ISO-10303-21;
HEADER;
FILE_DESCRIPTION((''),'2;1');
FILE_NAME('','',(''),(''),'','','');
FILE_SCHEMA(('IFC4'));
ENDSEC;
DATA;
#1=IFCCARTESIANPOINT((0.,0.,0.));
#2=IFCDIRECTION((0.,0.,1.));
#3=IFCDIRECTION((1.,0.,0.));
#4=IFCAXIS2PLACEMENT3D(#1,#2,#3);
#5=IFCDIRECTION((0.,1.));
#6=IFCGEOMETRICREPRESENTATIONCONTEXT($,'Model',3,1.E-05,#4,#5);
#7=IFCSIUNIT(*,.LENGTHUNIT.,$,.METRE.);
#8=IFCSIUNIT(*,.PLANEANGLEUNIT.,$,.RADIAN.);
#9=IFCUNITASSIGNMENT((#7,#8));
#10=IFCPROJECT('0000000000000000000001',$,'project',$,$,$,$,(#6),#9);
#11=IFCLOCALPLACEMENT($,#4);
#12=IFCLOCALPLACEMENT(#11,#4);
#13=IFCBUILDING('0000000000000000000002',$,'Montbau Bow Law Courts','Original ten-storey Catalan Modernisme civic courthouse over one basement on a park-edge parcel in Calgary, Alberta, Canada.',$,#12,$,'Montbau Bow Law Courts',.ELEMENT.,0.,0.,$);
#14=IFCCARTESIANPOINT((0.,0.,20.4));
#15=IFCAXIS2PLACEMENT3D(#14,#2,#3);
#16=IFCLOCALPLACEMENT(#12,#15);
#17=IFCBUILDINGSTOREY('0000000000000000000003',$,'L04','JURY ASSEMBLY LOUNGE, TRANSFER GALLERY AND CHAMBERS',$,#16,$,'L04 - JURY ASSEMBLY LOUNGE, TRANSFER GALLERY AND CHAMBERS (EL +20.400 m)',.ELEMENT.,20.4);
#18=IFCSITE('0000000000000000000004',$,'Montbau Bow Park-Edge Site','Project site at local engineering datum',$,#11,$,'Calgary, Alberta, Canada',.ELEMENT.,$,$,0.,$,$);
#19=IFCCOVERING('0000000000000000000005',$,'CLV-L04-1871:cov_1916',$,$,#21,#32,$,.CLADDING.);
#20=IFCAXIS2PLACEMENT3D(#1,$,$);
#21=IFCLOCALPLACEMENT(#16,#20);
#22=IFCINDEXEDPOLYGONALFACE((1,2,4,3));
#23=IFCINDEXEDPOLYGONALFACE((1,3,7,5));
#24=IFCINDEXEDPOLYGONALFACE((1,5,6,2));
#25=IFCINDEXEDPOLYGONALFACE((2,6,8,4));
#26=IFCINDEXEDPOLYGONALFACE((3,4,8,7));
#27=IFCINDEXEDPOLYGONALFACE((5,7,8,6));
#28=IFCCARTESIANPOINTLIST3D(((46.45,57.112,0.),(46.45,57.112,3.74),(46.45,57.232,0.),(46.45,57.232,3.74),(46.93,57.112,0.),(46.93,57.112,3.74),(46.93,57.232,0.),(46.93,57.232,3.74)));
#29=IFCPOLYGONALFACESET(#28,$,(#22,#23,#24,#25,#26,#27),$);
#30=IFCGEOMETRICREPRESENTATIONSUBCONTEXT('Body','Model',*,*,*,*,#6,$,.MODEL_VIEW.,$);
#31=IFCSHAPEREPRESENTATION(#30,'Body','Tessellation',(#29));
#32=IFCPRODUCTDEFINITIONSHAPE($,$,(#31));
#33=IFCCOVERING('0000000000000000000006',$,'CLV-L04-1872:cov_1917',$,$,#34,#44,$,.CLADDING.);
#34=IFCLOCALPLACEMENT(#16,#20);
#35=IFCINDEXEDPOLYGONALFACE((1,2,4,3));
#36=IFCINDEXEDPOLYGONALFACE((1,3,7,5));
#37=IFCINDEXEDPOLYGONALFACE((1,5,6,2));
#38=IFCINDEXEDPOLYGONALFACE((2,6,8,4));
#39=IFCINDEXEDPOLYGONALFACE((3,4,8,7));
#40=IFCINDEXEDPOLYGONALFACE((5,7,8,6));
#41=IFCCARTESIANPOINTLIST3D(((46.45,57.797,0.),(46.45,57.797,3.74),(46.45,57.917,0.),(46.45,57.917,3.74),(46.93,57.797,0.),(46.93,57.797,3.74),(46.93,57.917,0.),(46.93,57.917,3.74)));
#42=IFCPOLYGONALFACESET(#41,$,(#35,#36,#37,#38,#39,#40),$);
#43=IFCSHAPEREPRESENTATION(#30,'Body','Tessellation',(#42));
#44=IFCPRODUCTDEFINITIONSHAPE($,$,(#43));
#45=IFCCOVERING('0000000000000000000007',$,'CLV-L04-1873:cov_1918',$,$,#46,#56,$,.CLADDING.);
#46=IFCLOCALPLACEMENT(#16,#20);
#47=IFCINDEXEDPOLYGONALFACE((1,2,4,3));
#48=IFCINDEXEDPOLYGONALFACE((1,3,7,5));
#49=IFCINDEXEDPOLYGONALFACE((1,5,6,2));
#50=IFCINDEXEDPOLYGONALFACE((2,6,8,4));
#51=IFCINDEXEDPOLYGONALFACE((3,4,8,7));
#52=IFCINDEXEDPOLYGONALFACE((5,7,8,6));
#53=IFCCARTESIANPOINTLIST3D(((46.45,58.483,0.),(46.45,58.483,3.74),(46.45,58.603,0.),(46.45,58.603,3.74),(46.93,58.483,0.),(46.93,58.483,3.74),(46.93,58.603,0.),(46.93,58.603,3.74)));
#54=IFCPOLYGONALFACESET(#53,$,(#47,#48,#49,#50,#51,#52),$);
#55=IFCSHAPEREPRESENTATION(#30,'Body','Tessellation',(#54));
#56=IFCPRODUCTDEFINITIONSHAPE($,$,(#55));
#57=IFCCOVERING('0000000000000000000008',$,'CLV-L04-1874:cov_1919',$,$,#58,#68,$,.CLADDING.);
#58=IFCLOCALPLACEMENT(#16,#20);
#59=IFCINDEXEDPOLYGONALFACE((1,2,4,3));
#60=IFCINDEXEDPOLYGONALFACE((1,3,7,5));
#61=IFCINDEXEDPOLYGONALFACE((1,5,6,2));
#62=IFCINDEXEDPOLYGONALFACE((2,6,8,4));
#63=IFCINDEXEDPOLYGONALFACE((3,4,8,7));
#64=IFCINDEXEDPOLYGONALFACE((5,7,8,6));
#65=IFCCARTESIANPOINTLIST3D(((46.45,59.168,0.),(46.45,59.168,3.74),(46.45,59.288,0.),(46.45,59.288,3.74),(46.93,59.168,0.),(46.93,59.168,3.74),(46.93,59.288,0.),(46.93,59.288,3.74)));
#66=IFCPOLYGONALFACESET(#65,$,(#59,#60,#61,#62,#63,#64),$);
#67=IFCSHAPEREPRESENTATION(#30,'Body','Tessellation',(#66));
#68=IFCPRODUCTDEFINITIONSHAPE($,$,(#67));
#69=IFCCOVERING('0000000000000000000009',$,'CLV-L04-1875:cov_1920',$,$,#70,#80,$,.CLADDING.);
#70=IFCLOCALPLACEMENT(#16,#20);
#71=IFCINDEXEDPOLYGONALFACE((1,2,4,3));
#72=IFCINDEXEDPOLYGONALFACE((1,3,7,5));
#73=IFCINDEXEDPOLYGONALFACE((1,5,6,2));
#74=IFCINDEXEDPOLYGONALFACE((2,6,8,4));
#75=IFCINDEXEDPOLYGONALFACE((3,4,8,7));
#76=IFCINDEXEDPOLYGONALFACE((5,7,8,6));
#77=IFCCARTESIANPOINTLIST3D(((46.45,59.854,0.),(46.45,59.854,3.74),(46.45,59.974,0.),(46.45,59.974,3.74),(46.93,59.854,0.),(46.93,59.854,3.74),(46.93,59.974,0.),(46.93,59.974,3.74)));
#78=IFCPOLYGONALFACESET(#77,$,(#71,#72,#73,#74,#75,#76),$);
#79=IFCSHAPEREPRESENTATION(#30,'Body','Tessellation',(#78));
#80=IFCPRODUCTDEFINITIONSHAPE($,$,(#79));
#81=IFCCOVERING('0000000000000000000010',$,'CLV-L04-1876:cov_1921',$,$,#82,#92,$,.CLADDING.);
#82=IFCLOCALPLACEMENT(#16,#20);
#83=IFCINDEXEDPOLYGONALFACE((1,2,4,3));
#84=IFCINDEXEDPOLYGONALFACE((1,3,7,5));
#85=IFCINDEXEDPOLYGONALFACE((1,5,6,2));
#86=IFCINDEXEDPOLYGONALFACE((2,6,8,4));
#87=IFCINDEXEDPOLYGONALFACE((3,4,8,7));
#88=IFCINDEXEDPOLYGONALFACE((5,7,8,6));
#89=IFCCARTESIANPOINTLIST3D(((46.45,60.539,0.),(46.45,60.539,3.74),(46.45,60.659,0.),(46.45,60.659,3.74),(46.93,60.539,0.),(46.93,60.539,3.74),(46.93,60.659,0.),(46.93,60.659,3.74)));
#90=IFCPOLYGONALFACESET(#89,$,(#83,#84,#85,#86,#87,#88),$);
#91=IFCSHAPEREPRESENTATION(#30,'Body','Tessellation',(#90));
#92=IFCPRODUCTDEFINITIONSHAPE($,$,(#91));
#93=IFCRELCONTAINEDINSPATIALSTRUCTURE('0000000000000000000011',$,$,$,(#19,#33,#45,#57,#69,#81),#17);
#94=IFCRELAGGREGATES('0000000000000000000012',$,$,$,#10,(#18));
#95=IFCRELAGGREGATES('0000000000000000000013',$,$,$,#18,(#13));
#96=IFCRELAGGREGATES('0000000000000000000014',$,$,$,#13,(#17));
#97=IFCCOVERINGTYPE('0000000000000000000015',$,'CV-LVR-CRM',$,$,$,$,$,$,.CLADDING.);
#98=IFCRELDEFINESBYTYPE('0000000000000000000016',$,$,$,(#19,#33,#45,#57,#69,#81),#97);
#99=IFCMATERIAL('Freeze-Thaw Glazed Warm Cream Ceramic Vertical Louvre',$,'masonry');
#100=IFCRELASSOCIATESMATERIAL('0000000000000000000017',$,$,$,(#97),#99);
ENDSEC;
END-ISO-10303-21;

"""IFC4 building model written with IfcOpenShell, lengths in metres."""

from ifc_helpers import new_model, si_unit, direction, frame, frame_2d, origin_with_axes, place, context, subcontext, project, spatial, rectangle, extrude, material, type_object, element, save


model = new_model("IFC4")

# Units and contexts
model_context = context("Model", 3, precision=1e-05, world=origin_with_axes(), true_north=direction((0.0, 1.0)))
body_context = subcontext(model_context, "Body", "Model", "MODEL_VIEW")
ifc_project = project(units=[si_unit("LENGTHUNIT", "METRE"), si_unit("PLANEANGLEUNIT", "RADIAN")], contexts=[model_context])

# Site, building, storey
site_placement = place(None, origin_with_axes())
site = spatial("IfcSite", under=ifc_project, at=site_placement, Name="Montbau Bow Park-Edge Site", Description="Project site at local engineering datum", LongName="Calgary, Alberta, Canada", CompositionType="ELEMENT", RefElevation=0.0)
building_placement = place(site_placement, origin_with_axes())
building = spatial("IfcBuilding", under=site, at=building_placement, Name="Montbau Bow Law Courts", Description="Original ten-storey Catalan Modernisme civic courthouse over one basement on a park-edge parcel in Calgary, Alberta, Canada.", LongName="Montbau Bow Law Courts", CompositionType="ELEMENT", ElevationOfRefHeight=0.0, ElevationOfTerrain=0.0)
storey_placement = place(building_placement, frame((0.0, 0.0, 20.4), z_axis=(0.0, 0.0, 1.0), x_axis=(1.0, 0.0, 0.0)))
storey = spatial("IfcBuildingStorey", under=building, at=storey_placement, Name="L04", Description="JURY ASSEMBLY LOUNGE, TRANSFER GALLERY AND CHAMBERS", LongName="L04 - JURY ASSEMBLY LOUNGE, TRANSFER GALLERY AND CHAMBERS (EL +20.400 m)", CompositionType="ELEMENT", Elevation=20.4)

# Coverings
ifc_material_1 = material(Name="Freeze-Thaw Glazed Warm Cream Ceramic Vertical Louvre", Category="masonry")
covering_type = type_object("IfcCoveringType", Name="CV-LVR-CRM", PredefinedType="CLADDING", material=ifc_material_1)
for number, where, z_axis, x_axis, name in (
    (1, (46.93, 57.172, 20.4), (0.0, 1.0, 0.0), (-1.0, 0.0, 0.0), "CLV-L04-1871:cov_1916"),
    (2, (46.93, 57.857, 20.4), (0.0, 1.0, 0.0), (-1.0, 0.0, 0.0), "CLV-L04-1872:cov_1917"),
    (3, (46.93, 58.543, 20.4), (0.0, 1.0, 0.0), (-1.0, 0.0, 0.0), "CLV-L04-1873:cov_1918"),
    (4, (46.93, 59.228, 20.4), (0.0, 1.0, 0.0), (-1.0, 0.0, 0.0), "CLV-L04-1874:cov_1919"),
    (5, (46.93, 59.914, 20.4), (0.0, 1.0, 0.0), (-1.0, 0.0, 0.0), "CLV-L04-1875:cov_1920"),
    (6, (46.93, 60.599, 20.4), (0.0, 1.0, 0.0), (-1.0, 0.0, 0.0), "CLV-L04-1876:cov_1921"),
):
    element("IfcCovering", number, at=place(None, frame(where, z_axis=z_axis, x_axis=x_axis)), inside=storey, type_object=covering_type, Name=name, PredefinedType="CLADDING", context=body_context, shape_type="SweptSolid", body=[
        extrude(rectangle(XDim=0.48, YDim=3.74, at=frame_2d((0.24, 1.87), x_axis=(1.0, 0.0))), frame((0.0, 0.0, -0.06), z_axis=(0.0, 0.0, 1.0), x_axis=(1.0, 0.0, 0.0)), (0.0, 0.0, 1.0), 0.12),
    ])

save(model, "model.ifc")
